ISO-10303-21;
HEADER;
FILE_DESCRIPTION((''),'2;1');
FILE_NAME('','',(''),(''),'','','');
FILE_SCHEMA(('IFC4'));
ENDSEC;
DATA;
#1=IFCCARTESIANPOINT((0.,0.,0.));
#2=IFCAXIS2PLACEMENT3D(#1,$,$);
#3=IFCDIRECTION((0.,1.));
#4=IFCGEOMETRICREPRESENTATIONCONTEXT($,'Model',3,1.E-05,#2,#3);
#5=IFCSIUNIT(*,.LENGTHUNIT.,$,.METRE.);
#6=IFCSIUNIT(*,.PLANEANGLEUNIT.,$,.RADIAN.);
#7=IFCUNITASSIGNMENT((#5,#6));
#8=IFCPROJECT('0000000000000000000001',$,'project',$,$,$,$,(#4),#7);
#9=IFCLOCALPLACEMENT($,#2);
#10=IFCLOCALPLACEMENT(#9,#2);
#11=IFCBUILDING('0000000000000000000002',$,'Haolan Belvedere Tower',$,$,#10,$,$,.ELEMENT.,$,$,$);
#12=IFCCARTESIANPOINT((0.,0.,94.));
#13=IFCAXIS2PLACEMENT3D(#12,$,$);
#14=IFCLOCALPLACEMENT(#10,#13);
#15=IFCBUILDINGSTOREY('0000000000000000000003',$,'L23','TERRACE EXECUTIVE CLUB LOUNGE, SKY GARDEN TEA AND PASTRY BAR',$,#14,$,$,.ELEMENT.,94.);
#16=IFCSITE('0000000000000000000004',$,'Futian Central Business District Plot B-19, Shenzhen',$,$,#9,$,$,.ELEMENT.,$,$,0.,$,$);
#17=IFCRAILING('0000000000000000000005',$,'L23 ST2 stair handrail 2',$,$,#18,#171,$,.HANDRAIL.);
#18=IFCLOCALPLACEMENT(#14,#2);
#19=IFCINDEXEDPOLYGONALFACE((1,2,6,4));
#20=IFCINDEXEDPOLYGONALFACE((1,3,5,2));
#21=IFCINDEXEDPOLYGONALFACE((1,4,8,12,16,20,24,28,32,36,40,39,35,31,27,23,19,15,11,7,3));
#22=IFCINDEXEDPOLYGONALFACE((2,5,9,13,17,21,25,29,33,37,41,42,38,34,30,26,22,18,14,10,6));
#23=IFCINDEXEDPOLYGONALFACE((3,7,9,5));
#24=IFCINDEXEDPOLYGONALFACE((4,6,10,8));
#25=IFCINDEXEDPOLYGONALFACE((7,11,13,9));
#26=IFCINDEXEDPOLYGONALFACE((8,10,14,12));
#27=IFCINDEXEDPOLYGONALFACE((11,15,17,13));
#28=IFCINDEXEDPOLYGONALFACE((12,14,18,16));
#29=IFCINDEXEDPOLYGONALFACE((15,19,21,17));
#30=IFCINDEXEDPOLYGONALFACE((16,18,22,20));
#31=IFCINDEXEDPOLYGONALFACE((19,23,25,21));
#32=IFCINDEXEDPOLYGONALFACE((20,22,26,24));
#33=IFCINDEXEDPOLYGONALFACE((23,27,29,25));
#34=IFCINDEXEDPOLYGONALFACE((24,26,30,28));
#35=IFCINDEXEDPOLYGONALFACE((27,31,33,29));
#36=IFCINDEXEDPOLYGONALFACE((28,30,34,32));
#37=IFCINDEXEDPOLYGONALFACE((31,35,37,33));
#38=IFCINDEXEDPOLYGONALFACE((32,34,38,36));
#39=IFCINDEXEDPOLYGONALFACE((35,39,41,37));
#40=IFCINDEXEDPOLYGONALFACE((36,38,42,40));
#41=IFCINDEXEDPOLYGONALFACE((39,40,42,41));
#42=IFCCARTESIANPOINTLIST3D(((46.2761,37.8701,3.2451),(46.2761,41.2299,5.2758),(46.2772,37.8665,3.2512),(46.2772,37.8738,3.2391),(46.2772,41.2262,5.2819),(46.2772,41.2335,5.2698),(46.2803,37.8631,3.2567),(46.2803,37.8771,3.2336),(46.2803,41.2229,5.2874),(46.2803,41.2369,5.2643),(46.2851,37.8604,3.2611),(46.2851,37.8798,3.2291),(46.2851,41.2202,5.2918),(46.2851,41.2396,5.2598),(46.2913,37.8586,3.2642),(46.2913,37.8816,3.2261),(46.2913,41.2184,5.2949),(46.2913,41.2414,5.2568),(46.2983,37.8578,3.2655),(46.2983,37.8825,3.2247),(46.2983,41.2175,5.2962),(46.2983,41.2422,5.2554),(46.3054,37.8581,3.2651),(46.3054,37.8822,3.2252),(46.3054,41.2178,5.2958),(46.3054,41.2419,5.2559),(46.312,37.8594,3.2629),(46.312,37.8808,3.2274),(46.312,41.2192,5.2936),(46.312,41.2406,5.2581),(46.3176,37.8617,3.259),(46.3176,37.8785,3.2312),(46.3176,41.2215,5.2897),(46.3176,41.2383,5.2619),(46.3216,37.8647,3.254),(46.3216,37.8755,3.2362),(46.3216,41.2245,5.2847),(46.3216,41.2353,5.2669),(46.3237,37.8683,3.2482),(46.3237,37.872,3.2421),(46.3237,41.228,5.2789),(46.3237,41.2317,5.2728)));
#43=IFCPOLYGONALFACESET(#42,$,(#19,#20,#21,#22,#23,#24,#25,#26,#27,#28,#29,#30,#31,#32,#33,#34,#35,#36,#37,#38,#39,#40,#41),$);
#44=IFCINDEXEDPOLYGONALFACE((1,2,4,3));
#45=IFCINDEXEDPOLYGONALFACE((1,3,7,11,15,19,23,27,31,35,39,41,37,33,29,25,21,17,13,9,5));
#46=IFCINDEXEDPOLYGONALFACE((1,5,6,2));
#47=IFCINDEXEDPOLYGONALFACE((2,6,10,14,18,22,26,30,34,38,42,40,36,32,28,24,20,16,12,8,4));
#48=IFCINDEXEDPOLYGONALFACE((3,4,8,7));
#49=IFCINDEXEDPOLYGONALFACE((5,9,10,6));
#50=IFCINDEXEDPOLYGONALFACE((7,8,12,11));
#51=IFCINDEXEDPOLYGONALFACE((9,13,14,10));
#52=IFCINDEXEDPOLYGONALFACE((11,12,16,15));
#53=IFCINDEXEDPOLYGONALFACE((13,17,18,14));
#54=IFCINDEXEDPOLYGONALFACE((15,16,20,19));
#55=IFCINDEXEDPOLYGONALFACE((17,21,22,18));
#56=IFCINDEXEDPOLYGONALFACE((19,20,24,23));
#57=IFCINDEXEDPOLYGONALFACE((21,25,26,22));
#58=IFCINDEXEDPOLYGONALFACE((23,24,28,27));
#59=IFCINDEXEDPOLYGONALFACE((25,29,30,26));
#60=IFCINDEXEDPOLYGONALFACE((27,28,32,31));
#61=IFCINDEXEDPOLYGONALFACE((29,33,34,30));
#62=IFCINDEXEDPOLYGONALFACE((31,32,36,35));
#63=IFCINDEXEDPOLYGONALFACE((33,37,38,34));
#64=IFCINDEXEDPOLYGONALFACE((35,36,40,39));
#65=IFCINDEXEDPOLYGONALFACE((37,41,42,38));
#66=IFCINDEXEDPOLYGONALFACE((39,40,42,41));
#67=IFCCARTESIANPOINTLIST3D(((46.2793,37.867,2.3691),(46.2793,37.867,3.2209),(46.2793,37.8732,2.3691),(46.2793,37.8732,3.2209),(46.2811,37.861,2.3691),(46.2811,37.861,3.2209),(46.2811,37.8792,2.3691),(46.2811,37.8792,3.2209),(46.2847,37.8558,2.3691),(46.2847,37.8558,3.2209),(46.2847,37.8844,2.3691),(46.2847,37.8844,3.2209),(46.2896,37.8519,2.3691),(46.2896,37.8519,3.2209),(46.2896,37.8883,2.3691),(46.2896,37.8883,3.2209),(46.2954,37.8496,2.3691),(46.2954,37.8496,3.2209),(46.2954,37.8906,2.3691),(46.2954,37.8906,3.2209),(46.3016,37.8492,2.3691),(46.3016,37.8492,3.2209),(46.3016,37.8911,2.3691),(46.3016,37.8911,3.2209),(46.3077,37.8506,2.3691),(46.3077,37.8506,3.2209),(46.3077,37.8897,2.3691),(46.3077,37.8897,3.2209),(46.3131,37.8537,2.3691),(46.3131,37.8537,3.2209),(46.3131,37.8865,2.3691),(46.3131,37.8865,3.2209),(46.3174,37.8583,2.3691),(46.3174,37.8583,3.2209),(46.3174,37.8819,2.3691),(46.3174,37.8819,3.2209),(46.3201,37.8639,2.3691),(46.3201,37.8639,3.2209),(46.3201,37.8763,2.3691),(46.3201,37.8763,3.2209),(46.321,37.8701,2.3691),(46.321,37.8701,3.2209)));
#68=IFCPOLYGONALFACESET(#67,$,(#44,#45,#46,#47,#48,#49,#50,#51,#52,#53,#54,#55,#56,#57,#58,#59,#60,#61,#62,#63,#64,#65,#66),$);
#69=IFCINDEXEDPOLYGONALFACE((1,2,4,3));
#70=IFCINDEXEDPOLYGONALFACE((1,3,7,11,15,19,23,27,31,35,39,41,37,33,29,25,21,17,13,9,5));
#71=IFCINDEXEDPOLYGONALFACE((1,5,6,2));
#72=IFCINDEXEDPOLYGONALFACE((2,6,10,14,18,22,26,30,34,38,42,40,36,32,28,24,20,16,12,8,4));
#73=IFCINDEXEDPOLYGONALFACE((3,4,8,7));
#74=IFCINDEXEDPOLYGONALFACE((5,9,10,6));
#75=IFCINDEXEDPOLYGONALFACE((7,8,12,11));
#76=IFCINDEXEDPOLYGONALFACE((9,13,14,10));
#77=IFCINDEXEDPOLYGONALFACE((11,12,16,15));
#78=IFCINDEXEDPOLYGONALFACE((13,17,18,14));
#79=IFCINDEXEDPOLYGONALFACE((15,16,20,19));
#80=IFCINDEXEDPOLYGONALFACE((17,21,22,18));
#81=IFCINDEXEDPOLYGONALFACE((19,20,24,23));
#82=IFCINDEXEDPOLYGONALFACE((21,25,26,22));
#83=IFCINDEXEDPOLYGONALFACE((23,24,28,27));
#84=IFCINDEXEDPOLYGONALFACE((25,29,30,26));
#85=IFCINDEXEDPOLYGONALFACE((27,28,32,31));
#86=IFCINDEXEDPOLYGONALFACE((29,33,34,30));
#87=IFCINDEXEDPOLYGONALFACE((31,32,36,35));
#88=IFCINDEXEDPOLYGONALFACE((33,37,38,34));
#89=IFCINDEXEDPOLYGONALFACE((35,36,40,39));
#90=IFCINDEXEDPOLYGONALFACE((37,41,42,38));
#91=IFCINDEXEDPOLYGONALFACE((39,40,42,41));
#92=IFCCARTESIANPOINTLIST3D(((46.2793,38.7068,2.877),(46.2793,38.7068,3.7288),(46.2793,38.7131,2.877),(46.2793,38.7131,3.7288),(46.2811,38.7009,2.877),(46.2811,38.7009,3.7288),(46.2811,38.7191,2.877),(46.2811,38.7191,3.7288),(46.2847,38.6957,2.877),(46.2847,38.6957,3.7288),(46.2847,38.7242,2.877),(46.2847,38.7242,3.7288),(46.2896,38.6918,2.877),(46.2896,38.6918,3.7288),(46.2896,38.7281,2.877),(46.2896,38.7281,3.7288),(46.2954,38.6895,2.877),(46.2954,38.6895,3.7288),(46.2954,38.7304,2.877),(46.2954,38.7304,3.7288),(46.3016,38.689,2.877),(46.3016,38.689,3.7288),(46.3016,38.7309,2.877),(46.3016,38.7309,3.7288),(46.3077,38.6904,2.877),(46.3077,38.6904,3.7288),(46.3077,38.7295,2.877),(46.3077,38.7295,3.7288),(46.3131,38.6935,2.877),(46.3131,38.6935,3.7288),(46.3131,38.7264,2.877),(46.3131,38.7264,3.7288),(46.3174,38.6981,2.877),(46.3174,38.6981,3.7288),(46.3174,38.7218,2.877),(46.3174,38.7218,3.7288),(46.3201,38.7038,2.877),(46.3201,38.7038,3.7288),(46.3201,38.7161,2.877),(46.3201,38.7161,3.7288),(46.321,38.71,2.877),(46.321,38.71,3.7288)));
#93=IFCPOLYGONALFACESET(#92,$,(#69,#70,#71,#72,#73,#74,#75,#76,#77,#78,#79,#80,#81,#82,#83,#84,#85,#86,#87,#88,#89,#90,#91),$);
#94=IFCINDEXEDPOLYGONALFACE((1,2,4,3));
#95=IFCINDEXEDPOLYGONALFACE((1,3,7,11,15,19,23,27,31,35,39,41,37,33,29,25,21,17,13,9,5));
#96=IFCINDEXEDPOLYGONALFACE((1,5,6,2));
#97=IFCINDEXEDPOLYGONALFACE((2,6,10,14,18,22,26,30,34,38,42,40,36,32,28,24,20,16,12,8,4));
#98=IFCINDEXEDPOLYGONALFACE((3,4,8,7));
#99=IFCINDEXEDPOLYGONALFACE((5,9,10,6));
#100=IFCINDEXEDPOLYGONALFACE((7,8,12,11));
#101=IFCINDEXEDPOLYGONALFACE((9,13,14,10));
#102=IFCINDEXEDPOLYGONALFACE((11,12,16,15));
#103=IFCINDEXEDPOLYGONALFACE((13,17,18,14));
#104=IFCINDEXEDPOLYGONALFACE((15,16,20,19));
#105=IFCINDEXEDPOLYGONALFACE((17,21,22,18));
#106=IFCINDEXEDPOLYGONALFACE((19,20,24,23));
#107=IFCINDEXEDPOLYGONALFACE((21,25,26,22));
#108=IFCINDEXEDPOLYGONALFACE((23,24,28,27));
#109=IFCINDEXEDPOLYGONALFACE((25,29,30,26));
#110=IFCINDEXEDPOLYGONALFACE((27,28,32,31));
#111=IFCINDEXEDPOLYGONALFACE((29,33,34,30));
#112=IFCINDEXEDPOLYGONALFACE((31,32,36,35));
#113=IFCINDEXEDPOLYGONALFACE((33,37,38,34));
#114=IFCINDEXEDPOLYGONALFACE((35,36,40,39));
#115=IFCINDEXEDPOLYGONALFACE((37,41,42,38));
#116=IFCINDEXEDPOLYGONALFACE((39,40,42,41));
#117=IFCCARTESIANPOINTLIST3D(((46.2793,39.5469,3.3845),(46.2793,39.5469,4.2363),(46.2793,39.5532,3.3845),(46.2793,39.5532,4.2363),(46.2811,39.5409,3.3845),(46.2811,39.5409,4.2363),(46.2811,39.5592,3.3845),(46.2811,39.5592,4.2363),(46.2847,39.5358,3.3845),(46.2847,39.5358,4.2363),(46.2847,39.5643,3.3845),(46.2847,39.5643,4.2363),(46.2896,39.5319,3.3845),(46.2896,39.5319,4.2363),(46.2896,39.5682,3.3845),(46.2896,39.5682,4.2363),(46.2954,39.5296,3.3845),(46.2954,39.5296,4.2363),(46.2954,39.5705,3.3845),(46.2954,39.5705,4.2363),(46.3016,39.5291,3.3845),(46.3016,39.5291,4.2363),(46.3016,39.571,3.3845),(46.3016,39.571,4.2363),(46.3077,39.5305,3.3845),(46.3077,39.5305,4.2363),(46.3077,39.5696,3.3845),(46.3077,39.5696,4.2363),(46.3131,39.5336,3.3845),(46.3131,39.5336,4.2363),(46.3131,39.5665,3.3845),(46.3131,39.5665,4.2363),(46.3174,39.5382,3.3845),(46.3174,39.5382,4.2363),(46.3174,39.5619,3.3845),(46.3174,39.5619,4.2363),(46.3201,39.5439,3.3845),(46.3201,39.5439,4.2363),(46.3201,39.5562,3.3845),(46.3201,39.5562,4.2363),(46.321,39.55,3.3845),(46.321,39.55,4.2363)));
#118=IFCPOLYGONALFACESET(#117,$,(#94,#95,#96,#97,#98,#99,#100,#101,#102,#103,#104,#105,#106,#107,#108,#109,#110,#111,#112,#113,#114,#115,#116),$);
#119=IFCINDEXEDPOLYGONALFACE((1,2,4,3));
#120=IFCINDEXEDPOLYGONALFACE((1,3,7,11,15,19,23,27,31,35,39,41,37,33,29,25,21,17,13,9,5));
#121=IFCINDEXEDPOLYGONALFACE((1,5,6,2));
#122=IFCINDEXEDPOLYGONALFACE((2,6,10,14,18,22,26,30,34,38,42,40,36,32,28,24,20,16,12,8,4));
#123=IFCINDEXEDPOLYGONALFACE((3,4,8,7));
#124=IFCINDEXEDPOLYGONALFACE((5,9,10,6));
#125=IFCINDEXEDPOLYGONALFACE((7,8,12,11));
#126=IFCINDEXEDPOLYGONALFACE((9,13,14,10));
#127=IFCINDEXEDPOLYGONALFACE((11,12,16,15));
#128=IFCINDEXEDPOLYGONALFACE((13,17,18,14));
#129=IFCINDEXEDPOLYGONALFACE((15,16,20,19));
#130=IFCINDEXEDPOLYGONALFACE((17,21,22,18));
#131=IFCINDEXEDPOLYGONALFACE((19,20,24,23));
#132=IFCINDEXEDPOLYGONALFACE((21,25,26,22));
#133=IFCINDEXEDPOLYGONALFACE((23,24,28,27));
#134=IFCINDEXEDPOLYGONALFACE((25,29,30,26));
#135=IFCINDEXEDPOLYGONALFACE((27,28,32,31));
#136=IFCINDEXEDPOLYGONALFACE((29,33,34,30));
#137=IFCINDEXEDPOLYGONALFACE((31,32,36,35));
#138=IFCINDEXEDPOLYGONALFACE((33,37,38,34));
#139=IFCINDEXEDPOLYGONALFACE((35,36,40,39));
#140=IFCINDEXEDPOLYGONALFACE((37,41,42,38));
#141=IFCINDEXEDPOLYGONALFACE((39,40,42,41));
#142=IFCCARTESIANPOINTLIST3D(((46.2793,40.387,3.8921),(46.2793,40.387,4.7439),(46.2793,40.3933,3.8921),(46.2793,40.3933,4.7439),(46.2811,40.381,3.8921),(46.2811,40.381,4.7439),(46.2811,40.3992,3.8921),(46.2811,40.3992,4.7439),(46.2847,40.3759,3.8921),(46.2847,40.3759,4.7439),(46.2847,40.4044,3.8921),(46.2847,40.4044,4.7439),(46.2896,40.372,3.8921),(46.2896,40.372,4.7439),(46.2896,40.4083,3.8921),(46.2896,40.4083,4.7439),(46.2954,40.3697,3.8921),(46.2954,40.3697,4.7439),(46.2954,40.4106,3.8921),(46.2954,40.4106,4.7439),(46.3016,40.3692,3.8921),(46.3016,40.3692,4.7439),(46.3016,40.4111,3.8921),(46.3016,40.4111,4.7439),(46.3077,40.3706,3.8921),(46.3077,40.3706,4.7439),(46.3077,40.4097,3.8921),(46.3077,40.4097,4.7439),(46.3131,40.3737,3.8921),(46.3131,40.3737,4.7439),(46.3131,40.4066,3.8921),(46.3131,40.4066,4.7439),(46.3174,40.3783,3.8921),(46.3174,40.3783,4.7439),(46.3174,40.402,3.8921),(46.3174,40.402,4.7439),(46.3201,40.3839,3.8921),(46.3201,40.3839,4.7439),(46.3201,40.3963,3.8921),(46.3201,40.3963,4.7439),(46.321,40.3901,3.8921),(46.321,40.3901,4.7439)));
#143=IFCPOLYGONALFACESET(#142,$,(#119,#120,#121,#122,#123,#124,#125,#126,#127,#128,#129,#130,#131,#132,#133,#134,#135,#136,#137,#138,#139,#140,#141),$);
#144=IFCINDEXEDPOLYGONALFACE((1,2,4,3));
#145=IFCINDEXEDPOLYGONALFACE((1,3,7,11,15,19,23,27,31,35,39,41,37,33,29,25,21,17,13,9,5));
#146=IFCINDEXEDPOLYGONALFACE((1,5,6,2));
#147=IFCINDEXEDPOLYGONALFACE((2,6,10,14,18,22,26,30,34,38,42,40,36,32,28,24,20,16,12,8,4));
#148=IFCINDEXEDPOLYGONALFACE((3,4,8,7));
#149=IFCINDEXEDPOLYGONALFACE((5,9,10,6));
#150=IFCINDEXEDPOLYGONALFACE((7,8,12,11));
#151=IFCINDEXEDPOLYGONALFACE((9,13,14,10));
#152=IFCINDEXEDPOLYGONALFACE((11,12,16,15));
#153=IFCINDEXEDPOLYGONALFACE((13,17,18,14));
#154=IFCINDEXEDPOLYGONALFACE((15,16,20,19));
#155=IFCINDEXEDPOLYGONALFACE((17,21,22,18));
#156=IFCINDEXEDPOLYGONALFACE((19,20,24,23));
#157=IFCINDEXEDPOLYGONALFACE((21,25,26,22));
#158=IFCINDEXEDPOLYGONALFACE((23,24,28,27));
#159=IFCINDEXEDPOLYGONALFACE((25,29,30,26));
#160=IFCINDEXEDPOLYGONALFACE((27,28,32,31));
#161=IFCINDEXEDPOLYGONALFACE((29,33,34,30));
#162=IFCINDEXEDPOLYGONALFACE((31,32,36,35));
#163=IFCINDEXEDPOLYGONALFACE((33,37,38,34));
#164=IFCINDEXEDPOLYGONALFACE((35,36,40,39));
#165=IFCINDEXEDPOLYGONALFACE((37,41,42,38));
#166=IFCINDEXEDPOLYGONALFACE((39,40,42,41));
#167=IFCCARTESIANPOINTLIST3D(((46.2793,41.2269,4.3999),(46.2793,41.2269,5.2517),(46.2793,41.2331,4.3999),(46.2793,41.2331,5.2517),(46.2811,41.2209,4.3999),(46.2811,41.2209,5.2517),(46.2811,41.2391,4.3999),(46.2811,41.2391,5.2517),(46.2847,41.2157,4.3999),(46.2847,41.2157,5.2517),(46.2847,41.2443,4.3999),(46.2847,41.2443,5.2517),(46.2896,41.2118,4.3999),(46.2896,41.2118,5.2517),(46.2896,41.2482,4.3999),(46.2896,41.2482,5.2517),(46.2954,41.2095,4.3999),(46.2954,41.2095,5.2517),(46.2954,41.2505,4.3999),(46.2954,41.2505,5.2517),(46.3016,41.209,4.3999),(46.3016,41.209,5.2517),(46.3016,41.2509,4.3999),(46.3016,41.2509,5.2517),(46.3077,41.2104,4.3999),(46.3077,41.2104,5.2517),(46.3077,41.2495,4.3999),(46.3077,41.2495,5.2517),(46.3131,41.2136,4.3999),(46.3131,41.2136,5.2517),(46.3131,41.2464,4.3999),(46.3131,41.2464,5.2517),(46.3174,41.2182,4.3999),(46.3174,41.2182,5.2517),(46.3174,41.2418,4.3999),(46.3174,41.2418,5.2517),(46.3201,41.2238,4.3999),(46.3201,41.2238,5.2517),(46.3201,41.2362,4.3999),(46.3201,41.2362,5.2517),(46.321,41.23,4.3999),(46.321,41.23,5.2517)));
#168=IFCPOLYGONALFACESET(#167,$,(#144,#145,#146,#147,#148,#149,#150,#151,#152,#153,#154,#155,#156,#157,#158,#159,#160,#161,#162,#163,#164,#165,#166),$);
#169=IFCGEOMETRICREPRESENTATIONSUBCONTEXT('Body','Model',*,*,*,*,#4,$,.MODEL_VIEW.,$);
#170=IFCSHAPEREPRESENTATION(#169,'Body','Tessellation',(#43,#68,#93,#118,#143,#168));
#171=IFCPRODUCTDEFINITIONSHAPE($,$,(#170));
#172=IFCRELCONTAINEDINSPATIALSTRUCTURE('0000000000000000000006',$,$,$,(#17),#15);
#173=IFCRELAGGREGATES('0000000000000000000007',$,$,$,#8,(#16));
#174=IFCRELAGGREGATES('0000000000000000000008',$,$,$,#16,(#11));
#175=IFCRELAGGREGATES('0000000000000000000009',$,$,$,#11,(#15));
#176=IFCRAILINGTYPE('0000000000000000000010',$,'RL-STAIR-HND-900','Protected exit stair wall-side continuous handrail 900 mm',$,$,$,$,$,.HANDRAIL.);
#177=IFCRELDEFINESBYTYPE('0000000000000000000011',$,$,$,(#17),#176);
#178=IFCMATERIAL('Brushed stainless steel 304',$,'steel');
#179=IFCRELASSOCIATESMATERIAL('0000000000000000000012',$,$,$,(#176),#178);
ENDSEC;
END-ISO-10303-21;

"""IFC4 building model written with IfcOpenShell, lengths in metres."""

from ifc_helpers import new_model, si_unit, direction, frame, origin, origin_2d, place, context, subcontext, project, spatial, circle, extrude, material, type_object, element, save


model = new_model("IFC4")

# Units and contexts
model_context = context("Model", 3, precision=1e-05, world=origin(), true_north=direction((0.0, 1.0)))
body_context = subcontext(model_context, "Body", "Model", "MODEL_VIEW")
ifc_project = project(units=[si_unit("LENGTHUNIT", "METRE"), si_unit("PLANEANGLEUNIT", "RADIAN")], contexts=[model_context])

# Site, building, storey
site_placement = place(None, origin())
site = spatial("IfcSite", under=ifc_project, at=site_placement, Name="Futian Central Business District Plot B-19, Shenzhen", CompositionType="ELEMENT", RefElevation=0.0)
building_placement = place(site_placement, origin())
building = spatial("IfcBuilding", under=site, at=building_placement, Name="Haolan Belvedere Tower", CompositionType="ELEMENT")
storey_placement = place(building_placement, frame((0.0, 0.0, 94.0)))
storey = spatial("IfcBuildingStorey", under=building, at=storey_placement, Name="L23", Description="TERRACE EXECUTIVE CLUB LOUNGE, SKY GARDEN TEA AND PASTRY BAR", CompositionType="ELEMENT", Elevation=94.0)

# Railing
ifc_material_1 = material(Name="Brushed stainless steel 304", Category="steel")
railing_type_1 = type_object("IfcRailingType", Name="RL-STAIR-HND-900", Description="Protected exit stair wall-side continuous handrail 900 mm", PredefinedType="HANDRAIL", material=ifc_material_1)
railing_1_placement = place(storey_placement, frame((46.3, 37.8701, 2.3691)))
element("IfcRailing", 1, at=railing_1_placement, inside=storey, type_object=railing_type_1, Name="L23 ST2 stair handrail 2", PredefinedType="HANDRAIL", context=body_context, shape_type="SweptSolid", body=[
    extrude(circle(Radius=0.0239, at=origin_2d()), frame((0.0, 0.0, 0.876), z_axis=(0.0, 0.85582, 0.517273), x_axis=(-1.0, 0.0, 0.0)), (0.0, 0.0, 1.0), 3.9258),
    extrude(circle(Radius=0.021, at=origin_2d()), origin(), (0.0, 0.0, 1.0), 0.8518),
    extrude(circle(Radius=0.021, at=origin_2d()), frame((0.0, 0.8398, 0.5078)), (0.0, 0.0, 1.0), 0.8518),
    extrude(circle(Radius=0.021, at=origin_2d()), frame((0.0, 1.6799, 1.0154)), (0.0, 0.0, 1.0), 0.8518),
    extrude(circle(Radius=0.021, at=origin_2d()), frame((0.0, 2.52, 1.5229)), (0.0, 0.0, 1.0), 0.8518),
    extrude(circle(Radius=0.021, at=origin_2d()), frame((0.0, 3.3599, 2.0308)), (0.0, 0.0, 1.0), 0.8518),
])

save(model, "model.ifc")
